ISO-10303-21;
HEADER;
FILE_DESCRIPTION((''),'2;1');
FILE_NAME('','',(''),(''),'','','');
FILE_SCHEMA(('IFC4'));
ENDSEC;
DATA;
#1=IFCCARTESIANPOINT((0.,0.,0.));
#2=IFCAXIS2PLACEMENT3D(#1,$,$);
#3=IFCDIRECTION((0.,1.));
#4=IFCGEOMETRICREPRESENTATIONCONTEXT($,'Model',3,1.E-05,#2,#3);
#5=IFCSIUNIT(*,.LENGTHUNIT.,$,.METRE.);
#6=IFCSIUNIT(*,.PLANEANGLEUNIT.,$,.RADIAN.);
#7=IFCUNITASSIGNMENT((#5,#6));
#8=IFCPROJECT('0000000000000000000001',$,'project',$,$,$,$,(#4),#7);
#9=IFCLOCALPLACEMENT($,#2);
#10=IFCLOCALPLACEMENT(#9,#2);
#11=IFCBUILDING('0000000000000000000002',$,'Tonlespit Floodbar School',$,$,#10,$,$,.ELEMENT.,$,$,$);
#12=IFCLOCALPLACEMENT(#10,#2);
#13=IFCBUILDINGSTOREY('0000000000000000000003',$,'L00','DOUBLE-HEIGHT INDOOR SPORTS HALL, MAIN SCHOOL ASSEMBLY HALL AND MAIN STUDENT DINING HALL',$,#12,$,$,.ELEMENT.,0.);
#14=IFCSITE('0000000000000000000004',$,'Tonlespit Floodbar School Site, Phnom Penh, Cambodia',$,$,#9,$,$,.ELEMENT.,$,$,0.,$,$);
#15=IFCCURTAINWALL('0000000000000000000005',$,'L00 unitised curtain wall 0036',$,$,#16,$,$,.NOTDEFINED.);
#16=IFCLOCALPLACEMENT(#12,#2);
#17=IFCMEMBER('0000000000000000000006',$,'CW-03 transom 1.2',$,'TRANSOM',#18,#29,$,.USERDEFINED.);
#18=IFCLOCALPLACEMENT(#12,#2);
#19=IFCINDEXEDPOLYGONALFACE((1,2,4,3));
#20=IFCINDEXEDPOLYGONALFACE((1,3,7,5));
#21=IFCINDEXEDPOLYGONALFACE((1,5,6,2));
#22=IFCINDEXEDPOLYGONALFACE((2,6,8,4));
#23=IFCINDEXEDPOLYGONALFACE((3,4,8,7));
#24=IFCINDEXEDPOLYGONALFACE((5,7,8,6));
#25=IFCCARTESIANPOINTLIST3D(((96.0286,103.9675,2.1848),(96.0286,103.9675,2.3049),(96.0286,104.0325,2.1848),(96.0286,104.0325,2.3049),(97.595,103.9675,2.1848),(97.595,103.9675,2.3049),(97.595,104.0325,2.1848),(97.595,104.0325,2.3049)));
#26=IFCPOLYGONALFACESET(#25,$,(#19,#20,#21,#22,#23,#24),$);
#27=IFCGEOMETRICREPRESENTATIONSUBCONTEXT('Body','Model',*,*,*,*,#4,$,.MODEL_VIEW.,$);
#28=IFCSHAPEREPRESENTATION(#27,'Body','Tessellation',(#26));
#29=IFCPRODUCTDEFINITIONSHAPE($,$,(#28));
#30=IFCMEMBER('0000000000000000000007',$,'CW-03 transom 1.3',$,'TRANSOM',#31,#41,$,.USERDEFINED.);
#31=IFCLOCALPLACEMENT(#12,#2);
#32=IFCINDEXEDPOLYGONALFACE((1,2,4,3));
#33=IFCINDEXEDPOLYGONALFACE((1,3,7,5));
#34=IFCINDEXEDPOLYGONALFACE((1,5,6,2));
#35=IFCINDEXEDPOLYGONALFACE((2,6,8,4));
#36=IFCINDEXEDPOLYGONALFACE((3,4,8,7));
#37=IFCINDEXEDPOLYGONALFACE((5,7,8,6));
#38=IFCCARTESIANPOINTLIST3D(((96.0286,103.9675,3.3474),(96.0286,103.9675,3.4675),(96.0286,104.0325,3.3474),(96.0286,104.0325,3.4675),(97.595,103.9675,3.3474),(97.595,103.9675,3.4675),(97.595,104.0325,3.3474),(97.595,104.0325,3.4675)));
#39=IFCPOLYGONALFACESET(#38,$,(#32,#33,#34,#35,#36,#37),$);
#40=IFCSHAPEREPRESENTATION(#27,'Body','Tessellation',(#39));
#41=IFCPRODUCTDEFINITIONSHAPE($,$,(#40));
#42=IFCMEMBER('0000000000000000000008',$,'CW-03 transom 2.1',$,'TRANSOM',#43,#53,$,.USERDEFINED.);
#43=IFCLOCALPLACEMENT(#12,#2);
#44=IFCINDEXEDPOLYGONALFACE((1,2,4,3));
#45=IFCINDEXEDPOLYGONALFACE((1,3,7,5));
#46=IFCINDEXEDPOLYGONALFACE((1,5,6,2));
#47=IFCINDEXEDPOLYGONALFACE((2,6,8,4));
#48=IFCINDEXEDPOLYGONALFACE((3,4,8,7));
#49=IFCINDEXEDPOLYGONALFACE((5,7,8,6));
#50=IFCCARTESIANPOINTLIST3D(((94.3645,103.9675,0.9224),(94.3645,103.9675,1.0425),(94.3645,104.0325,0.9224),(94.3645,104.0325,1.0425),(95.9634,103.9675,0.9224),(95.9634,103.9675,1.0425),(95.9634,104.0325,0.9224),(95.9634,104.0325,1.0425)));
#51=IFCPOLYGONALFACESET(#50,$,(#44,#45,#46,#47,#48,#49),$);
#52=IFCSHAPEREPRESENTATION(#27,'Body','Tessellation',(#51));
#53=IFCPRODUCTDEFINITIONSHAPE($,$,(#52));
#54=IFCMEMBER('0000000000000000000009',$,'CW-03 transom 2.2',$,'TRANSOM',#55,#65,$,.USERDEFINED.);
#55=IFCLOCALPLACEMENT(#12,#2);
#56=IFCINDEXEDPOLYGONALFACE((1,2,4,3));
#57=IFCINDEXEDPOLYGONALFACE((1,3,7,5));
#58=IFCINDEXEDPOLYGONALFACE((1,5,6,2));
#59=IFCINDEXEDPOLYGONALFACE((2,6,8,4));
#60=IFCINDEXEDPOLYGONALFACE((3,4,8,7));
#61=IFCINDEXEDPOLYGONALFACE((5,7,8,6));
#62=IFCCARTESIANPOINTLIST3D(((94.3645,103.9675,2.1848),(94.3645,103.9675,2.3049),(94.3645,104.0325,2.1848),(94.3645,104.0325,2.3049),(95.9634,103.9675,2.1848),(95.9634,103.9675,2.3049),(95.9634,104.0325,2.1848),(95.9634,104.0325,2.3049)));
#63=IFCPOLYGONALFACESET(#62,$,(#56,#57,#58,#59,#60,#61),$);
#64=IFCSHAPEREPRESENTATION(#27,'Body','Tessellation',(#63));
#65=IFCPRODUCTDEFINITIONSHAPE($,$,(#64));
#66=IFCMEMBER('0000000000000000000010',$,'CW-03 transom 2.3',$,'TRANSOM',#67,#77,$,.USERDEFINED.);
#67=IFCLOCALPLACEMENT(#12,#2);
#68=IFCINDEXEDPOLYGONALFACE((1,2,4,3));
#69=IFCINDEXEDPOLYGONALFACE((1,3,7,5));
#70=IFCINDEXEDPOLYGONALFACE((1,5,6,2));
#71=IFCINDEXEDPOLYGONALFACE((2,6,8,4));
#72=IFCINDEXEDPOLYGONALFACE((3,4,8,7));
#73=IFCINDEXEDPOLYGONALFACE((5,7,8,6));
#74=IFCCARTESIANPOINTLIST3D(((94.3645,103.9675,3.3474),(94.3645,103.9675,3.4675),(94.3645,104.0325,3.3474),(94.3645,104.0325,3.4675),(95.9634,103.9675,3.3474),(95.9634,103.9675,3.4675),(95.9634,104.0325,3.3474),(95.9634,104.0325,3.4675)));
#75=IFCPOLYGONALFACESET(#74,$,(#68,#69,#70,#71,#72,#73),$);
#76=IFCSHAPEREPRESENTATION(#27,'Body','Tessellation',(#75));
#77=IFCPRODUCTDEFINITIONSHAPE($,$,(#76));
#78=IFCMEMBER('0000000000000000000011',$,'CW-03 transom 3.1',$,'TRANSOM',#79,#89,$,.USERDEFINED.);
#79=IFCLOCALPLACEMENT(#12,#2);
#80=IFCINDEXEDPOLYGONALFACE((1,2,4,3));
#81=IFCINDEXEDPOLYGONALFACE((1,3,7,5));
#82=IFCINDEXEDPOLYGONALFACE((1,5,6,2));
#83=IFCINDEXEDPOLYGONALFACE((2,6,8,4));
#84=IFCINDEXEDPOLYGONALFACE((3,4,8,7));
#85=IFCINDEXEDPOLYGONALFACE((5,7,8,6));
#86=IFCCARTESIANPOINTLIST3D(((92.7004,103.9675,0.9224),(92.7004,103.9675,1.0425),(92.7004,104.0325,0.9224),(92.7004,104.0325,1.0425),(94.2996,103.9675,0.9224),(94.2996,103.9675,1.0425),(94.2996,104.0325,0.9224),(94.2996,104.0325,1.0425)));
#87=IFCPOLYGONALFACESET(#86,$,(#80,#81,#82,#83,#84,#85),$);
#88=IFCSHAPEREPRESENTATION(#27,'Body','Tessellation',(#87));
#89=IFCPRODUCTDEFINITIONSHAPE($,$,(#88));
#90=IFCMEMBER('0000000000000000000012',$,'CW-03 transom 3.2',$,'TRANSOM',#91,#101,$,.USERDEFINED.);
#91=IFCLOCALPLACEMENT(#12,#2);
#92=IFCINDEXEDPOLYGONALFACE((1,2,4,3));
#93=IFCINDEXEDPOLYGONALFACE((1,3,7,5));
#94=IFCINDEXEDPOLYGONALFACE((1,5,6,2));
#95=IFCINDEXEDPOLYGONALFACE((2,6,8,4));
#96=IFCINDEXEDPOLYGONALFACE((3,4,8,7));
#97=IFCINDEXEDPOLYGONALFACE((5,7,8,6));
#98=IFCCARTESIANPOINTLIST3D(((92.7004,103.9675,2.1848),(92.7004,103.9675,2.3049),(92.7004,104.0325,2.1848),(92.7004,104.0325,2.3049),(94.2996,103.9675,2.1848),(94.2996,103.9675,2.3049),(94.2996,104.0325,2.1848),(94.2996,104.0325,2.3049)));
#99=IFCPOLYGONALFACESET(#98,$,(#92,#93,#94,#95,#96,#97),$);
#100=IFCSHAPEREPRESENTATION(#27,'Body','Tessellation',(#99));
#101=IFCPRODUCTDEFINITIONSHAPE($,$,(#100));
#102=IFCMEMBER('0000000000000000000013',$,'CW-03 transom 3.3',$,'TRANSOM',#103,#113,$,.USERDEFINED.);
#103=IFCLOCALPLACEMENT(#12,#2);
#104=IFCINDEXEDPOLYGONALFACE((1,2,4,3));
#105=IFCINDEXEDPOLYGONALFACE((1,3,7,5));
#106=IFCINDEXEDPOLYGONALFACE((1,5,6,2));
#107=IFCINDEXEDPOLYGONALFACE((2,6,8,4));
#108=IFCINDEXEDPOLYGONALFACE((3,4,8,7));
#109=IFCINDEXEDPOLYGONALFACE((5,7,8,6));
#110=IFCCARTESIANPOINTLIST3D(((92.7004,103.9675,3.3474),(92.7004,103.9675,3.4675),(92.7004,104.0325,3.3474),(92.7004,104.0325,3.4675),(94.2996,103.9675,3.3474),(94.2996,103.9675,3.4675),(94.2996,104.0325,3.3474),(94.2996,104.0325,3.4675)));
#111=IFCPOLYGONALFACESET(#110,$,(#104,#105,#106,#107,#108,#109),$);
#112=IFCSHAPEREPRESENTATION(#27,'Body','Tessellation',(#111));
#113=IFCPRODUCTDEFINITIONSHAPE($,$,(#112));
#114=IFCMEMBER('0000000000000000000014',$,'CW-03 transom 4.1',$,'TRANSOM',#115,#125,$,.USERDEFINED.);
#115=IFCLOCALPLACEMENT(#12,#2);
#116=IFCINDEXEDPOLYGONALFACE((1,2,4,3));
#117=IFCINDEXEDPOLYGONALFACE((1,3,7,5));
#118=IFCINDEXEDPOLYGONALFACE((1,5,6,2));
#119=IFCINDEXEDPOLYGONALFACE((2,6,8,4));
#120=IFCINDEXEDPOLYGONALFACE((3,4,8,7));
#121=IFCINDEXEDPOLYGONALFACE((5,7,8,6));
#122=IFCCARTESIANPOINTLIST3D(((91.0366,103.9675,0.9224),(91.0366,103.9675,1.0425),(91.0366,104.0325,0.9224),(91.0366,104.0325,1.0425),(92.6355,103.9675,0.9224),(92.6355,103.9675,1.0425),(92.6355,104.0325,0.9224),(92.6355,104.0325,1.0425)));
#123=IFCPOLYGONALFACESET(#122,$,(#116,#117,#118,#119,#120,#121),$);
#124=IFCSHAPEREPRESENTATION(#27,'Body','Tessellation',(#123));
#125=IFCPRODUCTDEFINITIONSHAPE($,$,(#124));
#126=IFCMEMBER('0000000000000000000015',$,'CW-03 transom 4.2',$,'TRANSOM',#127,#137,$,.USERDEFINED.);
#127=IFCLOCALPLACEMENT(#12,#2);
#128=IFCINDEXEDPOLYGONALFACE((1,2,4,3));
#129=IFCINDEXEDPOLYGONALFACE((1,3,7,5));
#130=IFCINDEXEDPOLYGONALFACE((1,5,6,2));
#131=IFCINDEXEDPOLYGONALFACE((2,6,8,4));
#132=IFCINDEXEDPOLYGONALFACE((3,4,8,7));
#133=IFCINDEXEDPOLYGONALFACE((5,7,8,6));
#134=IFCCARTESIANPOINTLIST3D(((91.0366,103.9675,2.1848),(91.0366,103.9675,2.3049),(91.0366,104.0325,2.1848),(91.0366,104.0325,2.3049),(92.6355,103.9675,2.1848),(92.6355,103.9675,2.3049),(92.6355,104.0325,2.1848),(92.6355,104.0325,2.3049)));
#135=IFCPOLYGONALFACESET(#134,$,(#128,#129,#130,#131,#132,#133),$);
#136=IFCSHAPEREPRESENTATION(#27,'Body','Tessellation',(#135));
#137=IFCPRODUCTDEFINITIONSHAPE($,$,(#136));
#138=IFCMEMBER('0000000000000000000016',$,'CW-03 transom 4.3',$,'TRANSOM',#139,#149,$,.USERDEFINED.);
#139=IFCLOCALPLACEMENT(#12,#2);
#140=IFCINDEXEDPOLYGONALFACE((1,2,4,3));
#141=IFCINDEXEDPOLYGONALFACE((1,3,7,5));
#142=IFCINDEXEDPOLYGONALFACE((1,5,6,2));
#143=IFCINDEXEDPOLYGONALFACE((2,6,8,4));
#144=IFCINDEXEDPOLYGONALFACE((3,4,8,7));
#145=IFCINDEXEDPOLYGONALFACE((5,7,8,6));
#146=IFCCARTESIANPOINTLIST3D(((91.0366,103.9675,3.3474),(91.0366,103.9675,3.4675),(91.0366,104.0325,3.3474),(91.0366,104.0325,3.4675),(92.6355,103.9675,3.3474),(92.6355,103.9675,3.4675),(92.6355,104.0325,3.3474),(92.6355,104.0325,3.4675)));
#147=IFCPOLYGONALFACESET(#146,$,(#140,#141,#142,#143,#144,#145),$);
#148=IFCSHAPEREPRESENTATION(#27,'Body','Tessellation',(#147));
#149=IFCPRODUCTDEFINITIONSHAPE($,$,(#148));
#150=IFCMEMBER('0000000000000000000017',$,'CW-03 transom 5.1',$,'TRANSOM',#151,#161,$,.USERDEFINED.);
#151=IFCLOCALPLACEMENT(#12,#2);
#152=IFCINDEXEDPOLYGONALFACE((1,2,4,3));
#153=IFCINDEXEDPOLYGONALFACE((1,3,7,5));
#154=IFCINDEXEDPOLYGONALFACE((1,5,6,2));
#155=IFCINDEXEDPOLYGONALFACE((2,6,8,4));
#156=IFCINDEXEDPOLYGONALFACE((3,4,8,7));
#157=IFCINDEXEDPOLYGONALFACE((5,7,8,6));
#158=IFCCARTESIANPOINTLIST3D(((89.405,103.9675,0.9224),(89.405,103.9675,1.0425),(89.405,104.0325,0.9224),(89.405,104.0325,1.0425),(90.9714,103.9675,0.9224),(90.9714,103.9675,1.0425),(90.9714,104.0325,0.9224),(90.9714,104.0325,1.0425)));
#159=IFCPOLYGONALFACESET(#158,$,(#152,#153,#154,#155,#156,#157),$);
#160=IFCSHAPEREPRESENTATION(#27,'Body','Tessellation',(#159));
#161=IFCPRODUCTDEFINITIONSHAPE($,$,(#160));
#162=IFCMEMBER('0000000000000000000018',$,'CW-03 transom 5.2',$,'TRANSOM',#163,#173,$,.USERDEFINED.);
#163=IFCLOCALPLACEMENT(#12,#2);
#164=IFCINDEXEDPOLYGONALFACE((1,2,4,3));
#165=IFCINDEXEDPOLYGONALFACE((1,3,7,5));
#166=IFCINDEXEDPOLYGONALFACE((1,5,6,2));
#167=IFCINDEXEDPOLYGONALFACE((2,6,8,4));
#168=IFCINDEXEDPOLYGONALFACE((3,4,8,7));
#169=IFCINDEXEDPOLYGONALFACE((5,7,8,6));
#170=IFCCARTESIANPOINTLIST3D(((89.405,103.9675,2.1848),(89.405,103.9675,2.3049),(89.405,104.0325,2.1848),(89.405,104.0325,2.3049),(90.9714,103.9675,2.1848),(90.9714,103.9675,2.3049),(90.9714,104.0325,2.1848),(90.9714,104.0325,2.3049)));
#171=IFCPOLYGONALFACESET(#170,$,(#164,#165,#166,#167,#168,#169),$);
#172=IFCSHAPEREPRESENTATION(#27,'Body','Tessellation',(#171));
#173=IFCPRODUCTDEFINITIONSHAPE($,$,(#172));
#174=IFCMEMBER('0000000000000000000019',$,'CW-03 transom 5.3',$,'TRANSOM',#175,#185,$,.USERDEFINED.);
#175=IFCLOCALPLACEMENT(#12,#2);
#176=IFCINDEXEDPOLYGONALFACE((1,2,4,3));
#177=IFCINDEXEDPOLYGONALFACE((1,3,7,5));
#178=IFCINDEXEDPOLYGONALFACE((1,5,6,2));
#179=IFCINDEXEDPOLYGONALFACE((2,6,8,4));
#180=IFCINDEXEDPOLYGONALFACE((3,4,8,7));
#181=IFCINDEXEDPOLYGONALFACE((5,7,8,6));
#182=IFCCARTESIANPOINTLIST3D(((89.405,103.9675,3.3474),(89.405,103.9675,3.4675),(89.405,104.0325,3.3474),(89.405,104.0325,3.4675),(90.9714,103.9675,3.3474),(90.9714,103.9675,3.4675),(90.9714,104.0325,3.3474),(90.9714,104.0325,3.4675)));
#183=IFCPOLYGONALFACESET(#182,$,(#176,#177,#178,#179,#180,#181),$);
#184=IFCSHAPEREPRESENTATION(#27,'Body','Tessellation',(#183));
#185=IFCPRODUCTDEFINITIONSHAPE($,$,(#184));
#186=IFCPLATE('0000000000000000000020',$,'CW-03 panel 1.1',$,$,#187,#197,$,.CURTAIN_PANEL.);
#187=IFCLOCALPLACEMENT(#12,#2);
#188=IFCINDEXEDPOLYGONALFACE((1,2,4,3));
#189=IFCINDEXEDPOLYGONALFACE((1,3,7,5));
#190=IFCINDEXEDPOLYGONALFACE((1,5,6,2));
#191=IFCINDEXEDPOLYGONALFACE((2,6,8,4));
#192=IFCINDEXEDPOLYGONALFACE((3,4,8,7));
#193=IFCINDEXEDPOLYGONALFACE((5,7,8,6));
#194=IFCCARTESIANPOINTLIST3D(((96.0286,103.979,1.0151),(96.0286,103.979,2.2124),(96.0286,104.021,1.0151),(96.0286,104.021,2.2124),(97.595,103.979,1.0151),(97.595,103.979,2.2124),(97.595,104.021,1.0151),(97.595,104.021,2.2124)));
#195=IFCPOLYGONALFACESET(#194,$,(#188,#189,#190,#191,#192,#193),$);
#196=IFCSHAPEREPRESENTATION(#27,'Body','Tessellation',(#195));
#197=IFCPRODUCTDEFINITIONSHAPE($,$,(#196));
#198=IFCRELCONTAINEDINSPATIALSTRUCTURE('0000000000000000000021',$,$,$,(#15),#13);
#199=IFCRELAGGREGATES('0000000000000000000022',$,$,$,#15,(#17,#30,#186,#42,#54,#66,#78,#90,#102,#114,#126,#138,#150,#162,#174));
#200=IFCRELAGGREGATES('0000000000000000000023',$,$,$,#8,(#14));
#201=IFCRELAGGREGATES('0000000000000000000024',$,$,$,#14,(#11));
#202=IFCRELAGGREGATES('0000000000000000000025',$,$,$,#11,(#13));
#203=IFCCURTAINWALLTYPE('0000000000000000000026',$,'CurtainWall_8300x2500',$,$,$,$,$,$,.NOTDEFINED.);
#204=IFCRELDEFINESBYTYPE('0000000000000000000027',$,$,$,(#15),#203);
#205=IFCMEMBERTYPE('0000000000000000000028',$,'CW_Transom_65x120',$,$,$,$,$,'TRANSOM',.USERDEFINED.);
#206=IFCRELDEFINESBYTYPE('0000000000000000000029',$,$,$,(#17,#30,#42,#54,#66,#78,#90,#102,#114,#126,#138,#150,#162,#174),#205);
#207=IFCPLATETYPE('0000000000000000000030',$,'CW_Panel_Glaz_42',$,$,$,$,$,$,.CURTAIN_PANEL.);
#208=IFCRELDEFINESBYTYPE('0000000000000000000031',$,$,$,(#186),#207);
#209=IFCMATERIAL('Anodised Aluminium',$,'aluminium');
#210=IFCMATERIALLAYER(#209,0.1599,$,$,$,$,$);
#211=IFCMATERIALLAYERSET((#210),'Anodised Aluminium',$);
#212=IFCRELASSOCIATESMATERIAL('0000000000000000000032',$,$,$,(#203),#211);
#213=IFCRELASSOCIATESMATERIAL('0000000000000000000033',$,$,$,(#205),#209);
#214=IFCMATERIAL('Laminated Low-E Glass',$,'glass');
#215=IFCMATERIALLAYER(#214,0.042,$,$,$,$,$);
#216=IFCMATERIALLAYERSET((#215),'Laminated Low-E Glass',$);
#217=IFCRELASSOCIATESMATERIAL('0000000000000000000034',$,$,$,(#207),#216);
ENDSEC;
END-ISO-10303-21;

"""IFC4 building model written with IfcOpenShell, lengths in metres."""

from ifc_helpers import new_model, si_unit, direction, frame, origin, origin_2d, place, context, subcontext, project, spatial, rectangle, extrude, material, layer, layer_set, material_profile, profile_set, type_object, element, aggregate, save


model = new_model("IFC4")

# Units and contexts
model_context = context("Model", 3, precision=1e-05, world=origin(), true_north=direction((0.0, 1.0)))
body_context = subcontext(model_context, "Body", "Model", "MODEL_VIEW")
ifc_project = project(units=[si_unit("LENGTHUNIT", "METRE"), si_unit("PLANEANGLEUNIT", "RADIAN")], contexts=[model_context])

# Site, building, storey
site_placement = place(None, origin())
site = spatial("IfcSite", under=ifc_project, at=site_placement, Name="Tonlespit Floodbar School Site, Phnom Penh, Cambodia", CompositionType="ELEMENT", RefElevation=0.0)
building_placement = place(site_placement, origin())
building = spatial("IfcBuilding", under=site, at=building_placement, Name="Tonlespit Floodbar School", CompositionType="ELEMENT")
storey_placement = place(building_placement, origin())
storey = spatial("IfcBuildingStorey", under=building, at=storey_placement, Name="L00", Description="DOUBLE-HEIGHT INDOOR SPORTS HALL, MAIN SCHOOL ASSEMBLY HALL AND MAIN STUDENT DINING HALL", CompositionType="ELEMENT", Elevation=0.0)

# Curtain wall, members, plate
ifc_material_1 = material(Name="Anodised Aluminium", Category="aluminium")
ifc_layer_1 = layer(ifc_material_1, 0.1599)
ifc_layer_set_1 = layer_set([ifc_layer_1], Name="Anodised Aluminium")
curtain_wall_type = type_object("IfcCurtainWallType", Name="CurtainWall_8300x2500", PredefinedType="NOTDEFINED", material=ifc_layer_set_1)
curtain_wall_placement = place(storey_placement, origin())
curtain_wall = element("IfcCurtainWall", 1, at=curtain_wall_placement, inside=storey, type_object=curtain_wall_type, Name="L00 unitised curtain wall 0036", PredefinedType="NOTDEFINED")
ifc_material_profile_1 = material_profile(ifc_material_1, rectangle(XDim=0.0649, YDim=0.1201, at=origin_2d()), Name="ALU T65x120")
ifc_profile_set_1 = profile_set([ifc_material_profile_1], Name="Anodised Aluminium")
member_type_1 = type_object("IfcMemberType", Name="CW_Transom_65x120", ElementType="TRANSOM", PredefinedType="USERDEFINED", material=ifc_profile_set_1)
member_1_placement = place(storey_placement, frame((97.595, 104.0, 2.2449), z_axis=(-1.0, 0.0, 0.0), x_axis=(0.0, -1.0, 0.0)))
member_1 = element("IfcMember", 2, at=member_1_placement, type_object=member_type_1, Name="CW-03 transom 1.2", ObjectType="TRANSOM", PredefinedType="USERDEFINED", context=body_context, shape_type="SweptSolid", body=[
    extrude(rectangle(XDim=0.0649, YDim=0.1201, at=origin_2d()), origin(), (0.0, 0.0, 1.0), 1.5664),
])
member_2_placement = place(storey_placement, frame((97.595, 104.0, 3.4075), z_axis=(-1.0, 0.0, 0.0), x_axis=(0.0, -1.0, 0.0)))
member_2 = element("IfcMember", 3, at=member_2_placement, type_object=member_type_1, Name="CW-03 transom 1.3", ObjectType="TRANSOM", PredefinedType="USERDEFINED", context=body_context, shape_type="SweptSolid", body=[
    extrude(rectangle(XDim=0.0649, YDim=0.1201, at=origin_2d()), origin(), (0.0, 0.0, 1.0), 1.5664),
])
member_3_placement = place(storey_placement, frame((95.9634, 104.0, 0.9824), z_axis=(-1.0, 0.0, 0.0), x_axis=(0.0, -1.0, 0.0)))
member_3 = element("IfcMember", 4, at=member_3_placement, type_object=member_type_1, Name="CW-03 transom 2.1", ObjectType="TRANSOM", PredefinedType="USERDEFINED", context=body_context, shape_type="SweptSolid", body=[
    extrude(rectangle(XDim=0.0649, YDim=0.1201, at=origin_2d()), origin(), (0.0, 0.0, 1.0), 1.5989),
])
member_4_placement = place(storey_placement, frame((95.9634, 104.0, 2.2449), z_axis=(-1.0, 0.0, 0.0), x_axis=(0.0, -1.0, 0.0)))
member_4 = element("IfcMember", 5, at=member_4_placement, type_object=member_type_1, Name="CW-03 transom 2.2", ObjectType="TRANSOM", PredefinedType="USERDEFINED", context=body_context, shape_type="SweptSolid", body=[
    extrude(rectangle(XDim=0.0649, YDim=0.1201, at=origin_2d()), origin(), (0.0, 0.0, 1.0), 1.5989),
])
member_5_placement = place(storey_placement, frame((95.9634, 104.0, 3.4075), z_axis=(-1.0, 0.0, 0.0), x_axis=(0.0, -1.0, 0.0)))
member_5 = element("IfcMember", 6, at=member_5_placement, type_object=member_type_1, Name="CW-03 transom 2.3", ObjectType="TRANSOM", PredefinedType="USERDEFINED", context=body_context, shape_type="SweptSolid", body=[
    extrude(rectangle(XDim=0.0649, YDim=0.1201, at=origin_2d()), origin(), (0.0, 0.0, 1.0), 1.5989),
])
member_6_placement = place(storey_placement, frame((94.2996, 104.0, 0.9824), z_axis=(-1.0, 0.0, 0.0), x_axis=(0.0, -1.0, 0.0)))
member_6 = element("IfcMember", 7, at=member_6_placement, type_object=member_type_1, Name="CW-03 transom 3.1", ObjectType="TRANSOM", PredefinedType="USERDEFINED", context=body_context, shape_type="SweptSolid", body=[
    extrude(rectangle(XDim=0.0649, YDim=0.1201, at=origin_2d()), origin(), (0.0, 0.0, 1.0), 1.5991),
])
member_7_placement = place(storey_placement, frame((94.2996, 104.0, 2.2449), z_axis=(-1.0, 0.0, 0.0), x_axis=(0.0, -1.0, 0.0)))
member_7 = element("IfcMember", 8, at=member_7_placement, type_object=member_type_1, Name="CW-03 transom 3.2", ObjectType="TRANSOM", PredefinedType="USERDEFINED", context=body_context, shape_type="SweptSolid", body=[
    extrude(rectangle(XDim=0.0649, YDim=0.1201, at=origin_2d()), origin(), (0.0, 0.0, 1.0), 1.5991),
])
member_8_placement = place(storey_placement, frame((94.2996, 104.0, 3.4075), z_axis=(-1.0, 0.0, 0.0), x_axis=(0.0, -1.0, 0.0)))
member_8 = element("IfcMember", 9, at=member_8_placement, type_object=member_type_1, Name="CW-03 transom 3.3", ObjectType="TRANSOM", PredefinedType="USERDEFINED", context=body_context, shape_type="SweptSolid", body=[
    extrude(rectangle(XDim=0.0649, YDim=0.1201, at=origin_2d()), origin(), (0.0, 0.0, 1.0), 1.5991),
])
member_9_placement = place(storey_placement, frame((92.6355, 104.0, 0.9824), z_axis=(-1.0, 0.0, 0.0), x_axis=(0.0, -1.0, 0.0)))
member_9 = element("IfcMember", 10, at=member_9_placement, type_object=member_type_1, Name="CW-03 transom 4.1", ObjectType="TRANSOM", PredefinedType="USERDEFINED", context=body_context, shape_type="SweptSolid", body=[
    extrude(rectangle(XDim=0.0649, YDim=0.1201, at=origin_2d()), origin(), (0.0, 0.0, 1.0), 1.5989),
])
member_10_placement = place(storey_placement, frame((92.6355, 104.0, 2.2449), z_axis=(-1.0, 0.0, 0.0), x_axis=(0.0, -1.0, 0.0)))
member_10 = element("IfcMember", 11, at=member_10_placement, type_object=member_type_1, Name="CW-03 transom 4.2", ObjectType="TRANSOM", PredefinedType="USERDEFINED", context=body_context, shape_type="SweptSolid", body=[
    extrude(rectangle(XDim=0.0649, YDim=0.1201, at=origin_2d()), origin(), (0.0, 0.0, 1.0), 1.5989),
])
member_11_placement = place(storey_placement, frame((92.6355, 104.0, 3.4075), z_axis=(-1.0, 0.0, 0.0), x_axis=(0.0, -1.0, 0.0)))
member_11 = element("IfcMember", 12, at=member_11_placement, type_object=member_type_1, Name="CW-03 transom 4.3", ObjectType="TRANSOM", PredefinedType="USERDEFINED", context=body_context, shape_type="SweptSolid", body=[
    extrude(rectangle(XDim=0.0649, YDim=0.1201, at=origin_2d()), origin(), (0.0, 0.0, 1.0), 1.5989),
])
member_12_placement = place(storey_placement, frame((90.9714, 104.0, 0.9824), z_axis=(-1.0, 0.0, 0.0), x_axis=(0.0, -1.0, 0.0)))
member_12 = element("IfcMember", 13, at=member_12_placement, type_object=member_type_1, Name="CW-03 transom 5.1", ObjectType="TRANSOM", PredefinedType="USERDEFINED", context=body_context, shape_type="SweptSolid", body=[
    extrude(rectangle(XDim=0.0649, YDim=0.1201, at=origin_2d()), origin(), (0.0, 0.0, 1.0), 1.5664),
])
member_13_placement = place(storey_placement, frame((90.9714, 104.0, 2.2449), z_axis=(-1.0, 0.0, 0.0), x_axis=(0.0, -1.0, 0.0)))
member_13 = element("IfcMember", 14, at=member_13_placement, type_object=member_type_1, Name="CW-03 transom 5.2", ObjectType="TRANSOM", PredefinedType="USERDEFINED", context=body_context, shape_type="SweptSolid", body=[
    extrude(rectangle(XDim=0.0649, YDim=0.1201, at=origin_2d()), origin(), (0.0, 0.0, 1.0), 1.5664),
])
member_14_placement = place(storey_placement, frame((90.9714, 104.0, 3.4075), z_axis=(-1.0, 0.0, 0.0), x_axis=(0.0, -1.0, 0.0)))
member_14 = element("IfcMember", 15, at=member_14_placement, type_object=member_type_1, Name="CW-03 transom 5.3", ObjectType="TRANSOM", PredefinedType="USERDEFINED", context=body_context, shape_type="SweptSolid", body=[
    extrude(rectangle(XDim=0.0649, YDim=0.1201, at=origin_2d()), origin(), (0.0, 0.0, 1.0), 1.5664),
])
ifc_material_2 = material(Name="Laminated Low-E Glass", Category="glass")
ifc_layer_2 = layer(ifc_material_2, 0.042)
ifc_layer_set_2 = layer_set([ifc_layer_2], Name="Laminated Low-E Glass")
plate_type = type_object("IfcPlateType", Name="CW_Panel_Glaz_42", PredefinedType="CURTAIN_PANEL", material=ifc_layer_set_2)
plate_1_placement = place(storey_placement, frame((96.8118, 104.0, 1.0151), z_axis=(0.0, 0.0, 1.0), x_axis=(-1.0, 0.0, 0.0)))
plate_1 = element("IfcPlate", 16, at=plate_1_placement, type_object=plate_type, Name="CW-03 panel 1.1", PredefinedType="CURTAIN_PANEL", context=body_context, shape_type="SweptSolid", body=[
    extrude(rectangle(XDim=1.5664, YDim=0.042, at=origin_2d()), origin(), (0.0, 0.0, 1.0), 1.1973),
])
aggregate(curtain_wall, [member_1, member_2, plate_1, member_3, member_4, member_5, member_6, member_7, member_8, member_9, member_10, member_11, member_12, member_13, member_14])

save(model, "model.ifc")
